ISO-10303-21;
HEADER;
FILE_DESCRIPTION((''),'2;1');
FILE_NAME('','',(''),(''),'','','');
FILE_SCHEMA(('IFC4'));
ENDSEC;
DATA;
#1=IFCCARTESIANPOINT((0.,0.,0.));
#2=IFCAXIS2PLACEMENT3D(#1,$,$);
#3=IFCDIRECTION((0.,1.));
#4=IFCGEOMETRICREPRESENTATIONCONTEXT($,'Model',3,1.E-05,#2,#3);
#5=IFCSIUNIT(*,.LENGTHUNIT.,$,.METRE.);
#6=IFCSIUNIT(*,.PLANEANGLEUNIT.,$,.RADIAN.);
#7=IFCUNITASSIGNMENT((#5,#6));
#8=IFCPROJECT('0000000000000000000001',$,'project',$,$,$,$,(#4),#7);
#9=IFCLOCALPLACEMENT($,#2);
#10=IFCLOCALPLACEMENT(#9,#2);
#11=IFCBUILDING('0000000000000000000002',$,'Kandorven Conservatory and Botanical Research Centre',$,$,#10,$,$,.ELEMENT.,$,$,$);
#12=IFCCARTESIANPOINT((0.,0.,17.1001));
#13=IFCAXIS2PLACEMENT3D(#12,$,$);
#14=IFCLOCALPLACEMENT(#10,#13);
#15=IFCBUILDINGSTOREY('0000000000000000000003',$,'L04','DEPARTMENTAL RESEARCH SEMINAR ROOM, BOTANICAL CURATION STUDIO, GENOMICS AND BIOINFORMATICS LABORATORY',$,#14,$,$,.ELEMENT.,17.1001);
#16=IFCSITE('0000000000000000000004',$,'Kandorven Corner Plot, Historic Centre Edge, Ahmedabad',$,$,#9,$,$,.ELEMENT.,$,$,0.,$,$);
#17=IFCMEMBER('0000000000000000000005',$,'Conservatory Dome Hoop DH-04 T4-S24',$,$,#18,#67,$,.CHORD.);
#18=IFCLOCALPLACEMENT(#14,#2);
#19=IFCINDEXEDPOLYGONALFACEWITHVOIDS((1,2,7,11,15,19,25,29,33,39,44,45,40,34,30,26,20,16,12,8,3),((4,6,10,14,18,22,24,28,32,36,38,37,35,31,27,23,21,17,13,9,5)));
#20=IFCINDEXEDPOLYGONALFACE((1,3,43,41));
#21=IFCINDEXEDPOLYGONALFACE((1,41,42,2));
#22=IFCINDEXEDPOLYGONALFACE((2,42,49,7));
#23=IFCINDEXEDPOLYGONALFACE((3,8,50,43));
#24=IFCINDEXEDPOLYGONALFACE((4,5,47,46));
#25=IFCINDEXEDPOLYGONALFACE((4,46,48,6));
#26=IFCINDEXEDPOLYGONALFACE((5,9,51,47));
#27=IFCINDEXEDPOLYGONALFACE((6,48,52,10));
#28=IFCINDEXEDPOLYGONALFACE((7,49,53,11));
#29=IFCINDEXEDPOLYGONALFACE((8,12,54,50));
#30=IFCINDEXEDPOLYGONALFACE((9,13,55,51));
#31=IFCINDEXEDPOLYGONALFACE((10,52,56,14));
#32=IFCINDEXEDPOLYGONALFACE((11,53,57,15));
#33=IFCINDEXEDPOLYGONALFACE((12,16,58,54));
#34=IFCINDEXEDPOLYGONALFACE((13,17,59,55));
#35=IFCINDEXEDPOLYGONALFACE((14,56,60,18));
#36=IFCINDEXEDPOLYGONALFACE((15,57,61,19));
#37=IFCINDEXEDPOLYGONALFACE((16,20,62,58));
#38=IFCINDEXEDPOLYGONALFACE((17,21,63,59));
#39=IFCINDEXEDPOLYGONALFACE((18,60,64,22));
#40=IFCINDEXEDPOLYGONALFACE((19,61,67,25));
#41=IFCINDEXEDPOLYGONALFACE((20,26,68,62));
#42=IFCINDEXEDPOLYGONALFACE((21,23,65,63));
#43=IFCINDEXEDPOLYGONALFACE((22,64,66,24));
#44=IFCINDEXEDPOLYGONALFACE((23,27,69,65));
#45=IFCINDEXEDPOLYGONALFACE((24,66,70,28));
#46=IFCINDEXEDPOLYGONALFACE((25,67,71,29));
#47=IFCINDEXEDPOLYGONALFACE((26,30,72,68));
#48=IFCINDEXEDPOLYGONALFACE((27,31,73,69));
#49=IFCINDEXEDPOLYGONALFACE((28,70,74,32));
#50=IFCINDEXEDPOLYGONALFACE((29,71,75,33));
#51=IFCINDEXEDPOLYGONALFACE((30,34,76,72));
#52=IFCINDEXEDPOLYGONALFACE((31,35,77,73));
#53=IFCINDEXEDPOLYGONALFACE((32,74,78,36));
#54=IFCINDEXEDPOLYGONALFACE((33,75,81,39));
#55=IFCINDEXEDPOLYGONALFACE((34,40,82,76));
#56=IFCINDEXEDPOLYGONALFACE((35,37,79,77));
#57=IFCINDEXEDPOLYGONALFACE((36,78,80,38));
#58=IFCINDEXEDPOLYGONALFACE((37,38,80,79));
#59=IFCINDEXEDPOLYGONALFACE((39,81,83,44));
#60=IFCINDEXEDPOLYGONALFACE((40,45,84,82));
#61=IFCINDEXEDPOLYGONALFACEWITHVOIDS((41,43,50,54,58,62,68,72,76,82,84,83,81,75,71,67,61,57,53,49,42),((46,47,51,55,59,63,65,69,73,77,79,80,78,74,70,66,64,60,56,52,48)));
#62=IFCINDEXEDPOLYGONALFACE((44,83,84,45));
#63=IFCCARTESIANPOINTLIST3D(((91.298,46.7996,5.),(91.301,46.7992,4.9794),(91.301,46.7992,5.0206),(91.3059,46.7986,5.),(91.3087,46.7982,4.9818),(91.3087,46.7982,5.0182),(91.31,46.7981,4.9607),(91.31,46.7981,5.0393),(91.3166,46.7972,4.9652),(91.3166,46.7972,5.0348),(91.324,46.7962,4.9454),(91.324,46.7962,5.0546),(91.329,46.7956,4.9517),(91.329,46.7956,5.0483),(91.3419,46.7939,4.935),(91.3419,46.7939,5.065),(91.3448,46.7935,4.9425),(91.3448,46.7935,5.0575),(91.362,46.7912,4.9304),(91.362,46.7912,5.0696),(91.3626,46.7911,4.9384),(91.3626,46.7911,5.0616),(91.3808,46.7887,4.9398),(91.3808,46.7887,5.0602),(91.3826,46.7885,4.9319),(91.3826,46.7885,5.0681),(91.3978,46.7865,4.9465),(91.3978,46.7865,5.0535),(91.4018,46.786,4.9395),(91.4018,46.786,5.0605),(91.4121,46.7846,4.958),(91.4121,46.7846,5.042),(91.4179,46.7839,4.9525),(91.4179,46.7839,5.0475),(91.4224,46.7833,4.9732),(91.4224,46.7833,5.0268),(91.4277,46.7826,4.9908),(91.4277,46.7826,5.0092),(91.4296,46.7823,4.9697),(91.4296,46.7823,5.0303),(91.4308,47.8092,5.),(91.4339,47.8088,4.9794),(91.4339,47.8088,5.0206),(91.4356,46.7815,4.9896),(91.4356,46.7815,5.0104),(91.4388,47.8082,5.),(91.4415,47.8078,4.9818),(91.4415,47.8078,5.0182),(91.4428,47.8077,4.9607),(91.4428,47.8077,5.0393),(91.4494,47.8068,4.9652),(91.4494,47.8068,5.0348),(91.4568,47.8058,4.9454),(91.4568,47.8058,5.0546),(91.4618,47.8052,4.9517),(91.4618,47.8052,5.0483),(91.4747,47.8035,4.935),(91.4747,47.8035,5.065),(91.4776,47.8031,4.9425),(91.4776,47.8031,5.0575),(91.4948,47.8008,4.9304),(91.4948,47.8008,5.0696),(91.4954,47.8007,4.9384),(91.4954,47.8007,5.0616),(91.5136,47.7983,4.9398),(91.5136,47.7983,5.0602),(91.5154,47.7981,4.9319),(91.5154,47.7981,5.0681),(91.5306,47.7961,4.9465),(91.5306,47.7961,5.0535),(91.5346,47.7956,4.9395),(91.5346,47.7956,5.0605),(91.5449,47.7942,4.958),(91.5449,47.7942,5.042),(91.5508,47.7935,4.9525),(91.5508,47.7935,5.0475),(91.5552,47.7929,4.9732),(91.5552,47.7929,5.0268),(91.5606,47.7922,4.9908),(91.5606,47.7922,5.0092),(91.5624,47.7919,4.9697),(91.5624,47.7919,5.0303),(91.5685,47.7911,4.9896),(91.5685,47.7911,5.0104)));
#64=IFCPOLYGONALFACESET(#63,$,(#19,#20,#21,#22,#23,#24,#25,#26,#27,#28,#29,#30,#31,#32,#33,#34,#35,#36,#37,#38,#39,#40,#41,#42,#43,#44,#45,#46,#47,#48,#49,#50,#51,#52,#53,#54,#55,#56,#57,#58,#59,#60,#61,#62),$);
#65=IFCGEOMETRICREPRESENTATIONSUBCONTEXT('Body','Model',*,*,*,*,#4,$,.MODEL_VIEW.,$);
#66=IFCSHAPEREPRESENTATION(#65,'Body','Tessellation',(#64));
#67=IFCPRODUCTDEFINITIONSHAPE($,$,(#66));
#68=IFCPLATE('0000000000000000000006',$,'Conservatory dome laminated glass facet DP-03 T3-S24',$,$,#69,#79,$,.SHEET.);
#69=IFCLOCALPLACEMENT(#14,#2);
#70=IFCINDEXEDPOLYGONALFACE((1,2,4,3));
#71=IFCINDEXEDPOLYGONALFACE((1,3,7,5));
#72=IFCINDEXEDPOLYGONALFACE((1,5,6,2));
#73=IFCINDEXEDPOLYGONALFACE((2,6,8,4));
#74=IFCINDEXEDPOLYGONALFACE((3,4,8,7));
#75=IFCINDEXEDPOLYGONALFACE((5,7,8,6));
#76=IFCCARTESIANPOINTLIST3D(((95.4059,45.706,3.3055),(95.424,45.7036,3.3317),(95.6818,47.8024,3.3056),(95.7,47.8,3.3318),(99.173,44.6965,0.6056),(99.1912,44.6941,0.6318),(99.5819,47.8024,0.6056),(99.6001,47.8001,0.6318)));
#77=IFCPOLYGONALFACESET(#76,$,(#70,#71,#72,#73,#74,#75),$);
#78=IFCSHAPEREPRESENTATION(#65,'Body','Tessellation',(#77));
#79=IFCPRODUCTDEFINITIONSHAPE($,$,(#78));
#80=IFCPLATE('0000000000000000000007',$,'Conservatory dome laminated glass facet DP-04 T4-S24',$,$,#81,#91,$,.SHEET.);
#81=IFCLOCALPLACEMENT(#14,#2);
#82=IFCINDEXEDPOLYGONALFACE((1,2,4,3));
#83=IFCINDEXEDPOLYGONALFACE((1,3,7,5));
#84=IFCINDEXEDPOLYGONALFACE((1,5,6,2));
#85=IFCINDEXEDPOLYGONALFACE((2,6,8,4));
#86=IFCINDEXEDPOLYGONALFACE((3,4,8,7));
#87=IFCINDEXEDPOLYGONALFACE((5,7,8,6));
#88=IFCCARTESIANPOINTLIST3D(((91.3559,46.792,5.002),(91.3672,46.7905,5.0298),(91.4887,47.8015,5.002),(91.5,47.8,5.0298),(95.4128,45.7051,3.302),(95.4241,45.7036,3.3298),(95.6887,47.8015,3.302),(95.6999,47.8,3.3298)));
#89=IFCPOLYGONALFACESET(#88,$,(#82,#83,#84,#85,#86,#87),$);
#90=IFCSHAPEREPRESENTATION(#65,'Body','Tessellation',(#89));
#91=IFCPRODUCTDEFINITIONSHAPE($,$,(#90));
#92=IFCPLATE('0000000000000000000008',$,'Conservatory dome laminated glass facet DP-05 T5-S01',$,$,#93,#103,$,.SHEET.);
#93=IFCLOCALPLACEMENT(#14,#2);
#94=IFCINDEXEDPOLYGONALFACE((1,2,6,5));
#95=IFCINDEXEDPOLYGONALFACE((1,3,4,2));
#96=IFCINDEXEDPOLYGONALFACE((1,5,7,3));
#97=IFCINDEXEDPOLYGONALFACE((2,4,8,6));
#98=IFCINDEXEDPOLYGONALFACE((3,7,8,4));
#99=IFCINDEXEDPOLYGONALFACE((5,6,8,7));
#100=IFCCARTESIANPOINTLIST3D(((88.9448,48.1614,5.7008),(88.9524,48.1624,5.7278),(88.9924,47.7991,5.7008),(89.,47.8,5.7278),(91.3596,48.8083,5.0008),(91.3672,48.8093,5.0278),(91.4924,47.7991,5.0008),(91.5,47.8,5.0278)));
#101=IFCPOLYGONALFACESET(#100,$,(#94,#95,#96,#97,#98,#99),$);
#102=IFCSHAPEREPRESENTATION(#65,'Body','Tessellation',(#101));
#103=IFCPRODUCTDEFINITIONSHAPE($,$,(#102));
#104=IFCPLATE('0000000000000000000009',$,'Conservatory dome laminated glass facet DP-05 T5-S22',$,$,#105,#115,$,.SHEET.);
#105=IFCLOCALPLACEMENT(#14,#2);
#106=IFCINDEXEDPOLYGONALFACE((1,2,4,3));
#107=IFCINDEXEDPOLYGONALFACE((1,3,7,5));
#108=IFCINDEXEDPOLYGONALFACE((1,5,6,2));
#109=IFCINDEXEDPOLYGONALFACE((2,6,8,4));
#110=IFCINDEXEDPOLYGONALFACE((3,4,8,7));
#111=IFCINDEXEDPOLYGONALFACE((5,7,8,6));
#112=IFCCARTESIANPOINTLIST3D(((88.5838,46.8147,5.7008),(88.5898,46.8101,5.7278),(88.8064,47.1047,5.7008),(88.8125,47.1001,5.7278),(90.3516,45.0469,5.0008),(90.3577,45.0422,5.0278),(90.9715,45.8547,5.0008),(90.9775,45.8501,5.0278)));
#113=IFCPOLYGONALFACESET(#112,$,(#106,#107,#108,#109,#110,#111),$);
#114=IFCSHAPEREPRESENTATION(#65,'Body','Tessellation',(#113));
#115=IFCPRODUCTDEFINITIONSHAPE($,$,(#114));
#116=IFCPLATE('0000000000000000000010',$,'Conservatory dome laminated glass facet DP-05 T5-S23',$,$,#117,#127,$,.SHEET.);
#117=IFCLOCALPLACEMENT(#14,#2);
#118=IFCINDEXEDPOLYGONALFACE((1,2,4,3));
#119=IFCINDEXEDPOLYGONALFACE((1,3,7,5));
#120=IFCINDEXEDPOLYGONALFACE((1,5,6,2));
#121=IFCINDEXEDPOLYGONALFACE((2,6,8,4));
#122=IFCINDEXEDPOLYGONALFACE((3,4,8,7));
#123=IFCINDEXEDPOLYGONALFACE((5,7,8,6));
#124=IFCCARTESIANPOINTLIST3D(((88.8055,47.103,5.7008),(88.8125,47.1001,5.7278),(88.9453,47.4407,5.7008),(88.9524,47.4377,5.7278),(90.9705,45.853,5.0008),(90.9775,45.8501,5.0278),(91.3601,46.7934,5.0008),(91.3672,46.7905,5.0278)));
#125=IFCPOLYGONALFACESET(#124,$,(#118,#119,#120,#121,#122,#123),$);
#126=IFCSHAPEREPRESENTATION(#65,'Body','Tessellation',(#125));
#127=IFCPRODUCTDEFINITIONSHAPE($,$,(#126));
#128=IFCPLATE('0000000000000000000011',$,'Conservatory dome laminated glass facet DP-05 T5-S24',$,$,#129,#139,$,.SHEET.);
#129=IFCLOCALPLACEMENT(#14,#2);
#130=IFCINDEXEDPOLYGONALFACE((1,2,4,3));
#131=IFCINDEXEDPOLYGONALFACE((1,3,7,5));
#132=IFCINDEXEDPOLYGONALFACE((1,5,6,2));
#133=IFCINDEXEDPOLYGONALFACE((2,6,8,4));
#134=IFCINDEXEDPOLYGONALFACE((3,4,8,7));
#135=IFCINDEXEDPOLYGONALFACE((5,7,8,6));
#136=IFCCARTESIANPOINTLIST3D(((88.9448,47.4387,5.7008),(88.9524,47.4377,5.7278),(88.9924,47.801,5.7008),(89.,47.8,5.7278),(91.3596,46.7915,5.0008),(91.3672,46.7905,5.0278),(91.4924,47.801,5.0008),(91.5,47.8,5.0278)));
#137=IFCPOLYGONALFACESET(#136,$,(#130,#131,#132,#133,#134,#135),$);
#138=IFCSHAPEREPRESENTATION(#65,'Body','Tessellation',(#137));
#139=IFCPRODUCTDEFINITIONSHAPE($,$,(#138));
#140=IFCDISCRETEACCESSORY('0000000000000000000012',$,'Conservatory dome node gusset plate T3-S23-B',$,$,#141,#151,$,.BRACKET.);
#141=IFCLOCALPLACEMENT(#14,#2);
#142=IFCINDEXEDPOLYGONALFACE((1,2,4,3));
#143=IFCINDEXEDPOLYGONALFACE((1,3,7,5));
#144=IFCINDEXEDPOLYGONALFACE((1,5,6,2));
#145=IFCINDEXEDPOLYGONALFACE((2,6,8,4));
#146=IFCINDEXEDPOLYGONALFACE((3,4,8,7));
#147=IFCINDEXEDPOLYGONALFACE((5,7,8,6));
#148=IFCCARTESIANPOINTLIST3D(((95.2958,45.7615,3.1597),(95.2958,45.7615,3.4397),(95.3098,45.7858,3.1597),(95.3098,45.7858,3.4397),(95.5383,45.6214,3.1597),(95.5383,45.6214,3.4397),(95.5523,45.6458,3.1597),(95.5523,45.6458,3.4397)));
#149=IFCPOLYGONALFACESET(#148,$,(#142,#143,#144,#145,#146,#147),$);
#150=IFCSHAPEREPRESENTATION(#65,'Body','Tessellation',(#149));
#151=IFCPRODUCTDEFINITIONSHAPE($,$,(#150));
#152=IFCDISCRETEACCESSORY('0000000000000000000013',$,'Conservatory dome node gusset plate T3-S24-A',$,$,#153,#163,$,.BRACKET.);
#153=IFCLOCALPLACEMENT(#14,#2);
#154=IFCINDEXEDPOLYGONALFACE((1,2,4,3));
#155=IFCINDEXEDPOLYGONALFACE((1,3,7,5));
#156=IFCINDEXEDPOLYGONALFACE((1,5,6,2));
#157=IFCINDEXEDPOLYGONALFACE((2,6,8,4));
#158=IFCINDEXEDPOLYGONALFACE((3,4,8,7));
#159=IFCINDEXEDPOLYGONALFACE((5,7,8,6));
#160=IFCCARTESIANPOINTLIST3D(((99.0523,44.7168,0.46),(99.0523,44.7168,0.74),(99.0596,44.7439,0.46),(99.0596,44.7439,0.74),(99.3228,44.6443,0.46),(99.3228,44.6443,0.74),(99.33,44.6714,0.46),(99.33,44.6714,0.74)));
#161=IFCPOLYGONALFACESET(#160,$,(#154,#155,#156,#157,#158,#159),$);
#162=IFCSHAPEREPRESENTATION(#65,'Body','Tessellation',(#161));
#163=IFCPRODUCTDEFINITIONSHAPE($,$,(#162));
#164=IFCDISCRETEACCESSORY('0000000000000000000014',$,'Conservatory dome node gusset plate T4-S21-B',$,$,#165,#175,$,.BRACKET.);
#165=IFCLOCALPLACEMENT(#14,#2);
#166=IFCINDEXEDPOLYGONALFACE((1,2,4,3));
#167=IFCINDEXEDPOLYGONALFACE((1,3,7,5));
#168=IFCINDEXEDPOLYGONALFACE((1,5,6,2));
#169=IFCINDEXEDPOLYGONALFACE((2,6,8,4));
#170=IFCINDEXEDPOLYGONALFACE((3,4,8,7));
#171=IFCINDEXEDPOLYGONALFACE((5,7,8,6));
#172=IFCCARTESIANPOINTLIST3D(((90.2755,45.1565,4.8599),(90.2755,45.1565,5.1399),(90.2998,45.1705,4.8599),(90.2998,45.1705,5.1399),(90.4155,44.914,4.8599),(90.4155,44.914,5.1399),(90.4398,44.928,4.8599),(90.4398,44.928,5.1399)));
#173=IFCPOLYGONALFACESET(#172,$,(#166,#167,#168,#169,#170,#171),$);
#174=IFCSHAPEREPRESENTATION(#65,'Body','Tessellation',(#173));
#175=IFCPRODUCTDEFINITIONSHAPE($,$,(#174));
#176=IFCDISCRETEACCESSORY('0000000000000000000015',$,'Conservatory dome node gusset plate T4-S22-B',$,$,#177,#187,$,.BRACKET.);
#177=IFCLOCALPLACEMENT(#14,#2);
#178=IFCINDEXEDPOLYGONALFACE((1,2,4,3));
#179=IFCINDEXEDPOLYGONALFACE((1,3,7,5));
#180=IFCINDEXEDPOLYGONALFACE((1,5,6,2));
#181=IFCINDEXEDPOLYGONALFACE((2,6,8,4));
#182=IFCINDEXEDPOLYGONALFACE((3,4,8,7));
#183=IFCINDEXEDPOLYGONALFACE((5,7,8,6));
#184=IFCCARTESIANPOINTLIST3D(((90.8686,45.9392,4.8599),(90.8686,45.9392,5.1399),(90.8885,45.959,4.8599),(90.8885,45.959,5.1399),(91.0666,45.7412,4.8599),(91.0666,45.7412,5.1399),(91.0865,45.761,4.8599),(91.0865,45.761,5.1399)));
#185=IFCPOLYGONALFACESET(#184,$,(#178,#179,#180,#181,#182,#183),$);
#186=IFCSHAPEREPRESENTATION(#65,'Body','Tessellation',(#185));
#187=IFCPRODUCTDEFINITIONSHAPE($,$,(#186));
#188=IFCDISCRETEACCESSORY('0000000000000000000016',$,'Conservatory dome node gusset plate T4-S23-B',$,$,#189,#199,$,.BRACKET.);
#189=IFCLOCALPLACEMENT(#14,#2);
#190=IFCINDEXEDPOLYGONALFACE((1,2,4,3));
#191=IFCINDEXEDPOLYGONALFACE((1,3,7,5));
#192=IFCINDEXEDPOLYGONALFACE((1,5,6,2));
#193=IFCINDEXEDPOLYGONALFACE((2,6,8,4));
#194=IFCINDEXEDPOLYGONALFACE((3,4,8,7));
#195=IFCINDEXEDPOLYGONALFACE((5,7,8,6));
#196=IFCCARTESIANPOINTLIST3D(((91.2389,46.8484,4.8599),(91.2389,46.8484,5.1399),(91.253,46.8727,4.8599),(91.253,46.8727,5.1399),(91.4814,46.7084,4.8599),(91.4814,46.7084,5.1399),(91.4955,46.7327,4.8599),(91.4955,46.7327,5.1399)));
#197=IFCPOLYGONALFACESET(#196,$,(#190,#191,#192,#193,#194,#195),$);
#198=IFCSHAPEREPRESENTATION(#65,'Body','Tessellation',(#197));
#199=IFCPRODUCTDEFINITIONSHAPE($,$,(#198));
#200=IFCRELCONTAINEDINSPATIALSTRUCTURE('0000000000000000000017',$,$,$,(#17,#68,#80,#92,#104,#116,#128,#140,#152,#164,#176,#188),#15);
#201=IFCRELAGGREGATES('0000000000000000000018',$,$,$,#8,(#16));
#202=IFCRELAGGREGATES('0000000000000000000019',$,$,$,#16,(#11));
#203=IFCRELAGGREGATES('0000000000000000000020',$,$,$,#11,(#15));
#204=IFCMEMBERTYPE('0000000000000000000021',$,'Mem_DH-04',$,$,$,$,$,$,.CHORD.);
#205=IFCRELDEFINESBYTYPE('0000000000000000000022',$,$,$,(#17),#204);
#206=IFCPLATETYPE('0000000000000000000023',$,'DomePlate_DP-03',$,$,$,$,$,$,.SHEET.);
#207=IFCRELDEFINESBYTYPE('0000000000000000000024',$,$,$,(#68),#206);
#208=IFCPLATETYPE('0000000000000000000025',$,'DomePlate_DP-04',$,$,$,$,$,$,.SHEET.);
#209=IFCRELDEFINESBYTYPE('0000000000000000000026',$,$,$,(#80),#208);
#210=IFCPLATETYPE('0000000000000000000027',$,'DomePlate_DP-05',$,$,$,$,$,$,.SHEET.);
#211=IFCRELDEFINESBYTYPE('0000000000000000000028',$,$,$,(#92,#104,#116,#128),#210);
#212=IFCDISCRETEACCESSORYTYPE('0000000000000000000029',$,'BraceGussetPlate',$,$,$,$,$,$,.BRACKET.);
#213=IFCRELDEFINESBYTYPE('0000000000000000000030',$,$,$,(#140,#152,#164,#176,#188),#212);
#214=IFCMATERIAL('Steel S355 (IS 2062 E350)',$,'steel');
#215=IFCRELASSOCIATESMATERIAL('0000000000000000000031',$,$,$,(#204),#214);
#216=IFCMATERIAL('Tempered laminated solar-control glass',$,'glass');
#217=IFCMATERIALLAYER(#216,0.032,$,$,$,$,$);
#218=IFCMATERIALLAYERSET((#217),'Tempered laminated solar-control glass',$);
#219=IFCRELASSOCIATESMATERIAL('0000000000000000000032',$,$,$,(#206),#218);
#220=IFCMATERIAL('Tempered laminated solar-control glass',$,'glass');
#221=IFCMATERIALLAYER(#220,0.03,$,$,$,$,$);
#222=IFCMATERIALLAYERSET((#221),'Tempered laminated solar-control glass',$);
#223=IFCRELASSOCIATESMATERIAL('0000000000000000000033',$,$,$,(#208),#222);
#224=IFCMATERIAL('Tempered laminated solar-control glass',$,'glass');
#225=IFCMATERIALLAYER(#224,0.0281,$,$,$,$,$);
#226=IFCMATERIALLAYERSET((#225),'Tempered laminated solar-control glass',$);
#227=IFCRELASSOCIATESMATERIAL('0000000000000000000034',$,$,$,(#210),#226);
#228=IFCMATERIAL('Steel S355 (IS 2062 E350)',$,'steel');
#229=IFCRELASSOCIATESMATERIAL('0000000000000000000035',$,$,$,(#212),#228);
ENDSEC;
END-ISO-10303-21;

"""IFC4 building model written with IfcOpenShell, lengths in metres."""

from ifc_helpers import new_model, si_unit, direction, frame, origin, origin_2d, place, context, subcontext, project, spatial, polyline, rectangle, hollow_circle, outline, extrude, material, layer, layer_set, material_profile, profile_set, type_object, element, save


model = new_model("IFC4")

# Units and contexts
model_context = context("Model", 3, precision=1e-05, world=origin(), true_north=direction((0.0, 1.0)))
body_context = subcontext(model_context, "Body", "Model", "MODEL_VIEW")
ifc_project = project(units=[si_unit("LENGTHUNIT", "METRE"), si_unit("PLANEANGLEUNIT", "RADIAN")], contexts=[model_context])

# Site, building, storey
site_placement = place(None, origin())
site = spatial("IfcSite", under=ifc_project, at=site_placement, Name="Kandorven Corner Plot, Historic Centre Edge, Ahmedabad", CompositionType="ELEMENT", RefElevation=0.0)
building_placement = place(site_placement, origin())
building = spatial("IfcBuilding", under=site, at=building_placement, Name="Kandorven Conservatory and Botanical Research Centre", CompositionType="ELEMENT")
storey_placement = place(building_placement, frame((0.0, 0.0, 17.1001)))
storey = spatial("IfcBuildingStorey", under=building, at=storey_placement, Name="L04", Description="DEPARTMENTAL RESEARCH SEMINAR ROOM, BOTANICAL CURATION STUDIO, GENOMICS AND BIOINFORMATICS LABORATORY", CompositionType="ELEMENT", Elevation=17.1001)

# Member
ifc_material_1 = material(Name="Steel S355 (IS 2062 E350)", Category="steel")
ifc_material_profile_1 = material_profile(ifc_material_1, hollow_circle(Radius=0.0698, WallThickness=0.0081, at=origin_2d()))
ifc_profile_set_1 = profile_set([ifc_material_profile_1], Name="Steel S355 (IS 2062 E350)")
member_type_1 = type_object("IfcMemberType", Name="Mem_DH-04", PredefinedType="CHORD", material=ifc_profile_set_1)
member_1_placement = place(storey_placement, frame((91.3672, 46.7905, 5.0), z_axis=(0.130436, 0.991457, 0.0), x_axis=(-0.991457, 0.130436, 0.0)))
element("IfcMember", 1, at=member_1_placement, inside=storey, type_object=member_type_1, Name="Conservatory Dome Hoop DH-04 T4-S24", PredefinedType="CHORD", context=body_context, shape_type="SweptSolid", body=[
    extrude(hollow_circle(Radius=0.0698, WallThickness=0.0081, at=origin_2d()), origin(), (0.0, 0.0, 1.0), 1.0183),
])

# Plates
ifc_material_2 = material(Name="Tempered laminated solar-control glass", Category="glass")
ifc_layer_1 = layer(ifc_material_2, 0.032)
ifc_layer_set_1 = layer_set([ifc_layer_1], Name="Tempered laminated solar-control glass")
plate_type_1 = type_object("IfcPlateType", Name="DomePlate_DP-03", PredefinedType="SHEET", material=ifc_layer_set_1)
plate_1_placement = place(storey_placement, frame((99.1912, 44.6941, 0.6318), z_axis=(0.567606, -0.074717, 0.819903), x_axis=(0.130526, 0.991445, -0.000013)))
element("IfcPlate", 2, at=plate_1_placement, inside=storey, type_object=plate_type_1, Name="Conservatory dome laminated glass facet DP-03 T3-S24", PredefinedType="SHEET", context=body_context, shape_type="SweptSolid", body=[
    extrude(outline(polyline([(0.0, 0.0), (3.1328, 0.0), (2.6237, 4.7161), (0.5091, 4.716), (0.0, 0.0)])), origin(), (0.0, 0.0, -1.0), 0.032),
])
ifc_material_3 = material(Name="Tempered laminated solar-control glass", Category="glass")
ifc_layer_2 = layer(ifc_material_3, 0.03)
ifc_layer_set_2 = layer_set([ifc_layer_2], Name="Tempered laminated solar-control glass")
plate_type_2 = type_object("IfcPlateType", Name="DomePlate_DP-04", PredefinedType="SHEET", material=ifc_layer_set_2)
plate_2_placement = place(storey_placement, frame((95.4241, 45.7036, 3.3298), z_axis=(0.374733, -0.049308, 0.925821), x_axis=(0.130468, 0.991453, -0.000004)))
element("IfcPlate", 3, at=plate_2_placement, inside=storey, type_object=plate_type_2, Name="Conservatory dome laminated glass facet DP-04 T4-S24", PredefinedType="SHEET", context=body_context, shape_type="SweptSolid", body=[
    extrude(outline(polyline([(0.0, 0.0), (2.1145, 0.0), (1.5665, 4.4977), (0.5483, 4.4977), (0.0, 0.0)])), origin(), (0.0, 0.0, -1.0), 0.03),
])
ifc_material_4 = material(Name="Tempered laminated solar-control glass", Category="glass")
ifc_layer_3 = layer(ifc_material_4, 0.0281)
ifc_layer_set_3 = layer_set([ifc_layer_3], Name="Tempered laminated solar-control glass")
plate_type_3 = type_object("IfcPlateType", Name="DomePlate_DP-05", PredefinedType="SHEET", material=ifc_layer_set_3)
plate_3_placement = place(storey_placement, frame((91.5, 47.8, 5.0278), z_axis=(0.269448, 0.035444, 0.962362), x_axis=(-0.130463, 0.991453, 0.000013)))
element("IfcPlate", 4, at=plate_3_placement, inside=storey, type_object=plate_type_3, Name="Conservatory dome laminated glass facet DP-05 T5-S01", PredefinedType="SHEET", context=body_context, shape_type="SweptSolid", body=[
    extrude(outline(polyline([(0.0, 0.0), (1.018, 0.0), (0.6916, 2.5755), (0.3262, 2.5756), (0.0, 0.0)])), origin(), (0.0, 0.0, -1.0), 0.0281),
])
plate_4_placement = place(storey_placement, frame((90.3577, 45.0422, 5.0278), z_axis=(0.215598, -0.16545, 0.962364), x_axis=(0.608752, 0.79336, 0.000016)))
element("IfcPlate", 5, at=plate_4_placement, inside=storey, type_object=plate_type_3, Name="Conservatory dome laminated glass facet DP-05 T5-S22", PredefinedType="SHEET", context=body_context, shape_type="SweptSolid", body=[
    extrude(outline(polyline([(0.0, 0.0), (1.0183, 0.0), (0.692, 2.5755), (0.3264, 2.5756), (0.0, 0.0)])), origin(), (0.0, 0.0, -1.0), 0.0281),
])
plate_5_placement = place(storey_placement, frame((90.9775, 45.8501, 5.0278), z_axis=(0.25107, -0.104025, 0.962363), x_axis=(0.382775, 0.923842, -0.000001)))
element("IfcPlate", 6, at=plate_5_placement, inside=storey, type_object=plate_type_3, Name="Conservatory dome laminated glass facet DP-05 T5-S23", PredefinedType="SHEET", context=body_context, shape_type="SweptSolid", body=[
    extrude(outline(polyline([(0.0, 0.0), (1.018, 0.0), (0.6916, 2.5756), (0.3261, 2.5756), (0.0, 0.0)])), origin(), (0.0, 0.0, -1.0), 0.0281),
])
plate_6_placement = place(storey_placement, frame((91.3672, 46.7905, 5.0278), z_axis=(0.269447, -0.035437, 0.962363), x_axis=(0.130433, 0.991457, -0.000011)))
element("IfcPlate", 7, at=plate_6_placement, inside=storey, type_object=plate_type_3, Name="Conservatory dome laminated glass facet DP-05 T5-S24", PredefinedType="SHEET", context=body_context, shape_type="SweptSolid", body=[
    extrude(outline(polyline([(0.0, 0.0), (1.0182, 0.0), (0.6921, 2.5756), (0.3267, 2.5755), (0.0, 0.0)])), origin(), (0.0, 0.0, -1.0), 0.0281),
])

# Discrete accessories
ifc_material_5 = material(Name="Steel S355 (IS 2062 E350)", Category="steel")
discrete_accessory_type = type_object("IfcDiscreteAccessoryType", Name="BraceGussetPlate", PredefinedType="BRACKET", material=ifc_material_5)
for number, where, z_axis, x_axis, name in (
    (8, (95.4241, 45.7036, 3.1597), (0.0, 0.0, 1.0), (0.866025, -0.5, 0.0), "Conservatory dome node gusset plate T3-S23-B"),
    (9, (99.1912, 44.6941, 0.46), (0.0, 0.0, 1.0), (0.965926, -0.258819, 0.0), "Conservatory dome node gusset plate T3-S24-A"),
    (10, (90.3577, 45.0422, 4.8599), (0.0, 0.0, 1.0), (0.5, -0.866025, 0.0), "Conservatory dome node gusset plate T4-S21-B"),
    (11, (90.9775, 45.8501, 4.8599), (0.0, 0.0, 1.0), (0.707107, -0.707107, 0.0), "Conservatory dome node gusset plate T4-S22-B"),
    (12, (91.3672, 46.7905, 4.8599), (0.0, 0.0, 1.0), (0.866025, -0.5, 0.0), "Conservatory dome node gusset plate T4-S23-B"),
):
    element("IfcDiscreteAccessory", number, at=place(storey_placement, frame(where, z_axis=z_axis, x_axis=x_axis)), inside=storey, type_object=discrete_accessory_type, Name=name, PredefinedType="BRACKET", context=body_context, shape_type="SweptSolid", body=[
        extrude(rectangle(XDim=0.28, YDim=0.0281, at=origin_2d()), origin(), (0.0, 0.0, 1.0), 0.28),
    ])

save(model, "model.ifc")
